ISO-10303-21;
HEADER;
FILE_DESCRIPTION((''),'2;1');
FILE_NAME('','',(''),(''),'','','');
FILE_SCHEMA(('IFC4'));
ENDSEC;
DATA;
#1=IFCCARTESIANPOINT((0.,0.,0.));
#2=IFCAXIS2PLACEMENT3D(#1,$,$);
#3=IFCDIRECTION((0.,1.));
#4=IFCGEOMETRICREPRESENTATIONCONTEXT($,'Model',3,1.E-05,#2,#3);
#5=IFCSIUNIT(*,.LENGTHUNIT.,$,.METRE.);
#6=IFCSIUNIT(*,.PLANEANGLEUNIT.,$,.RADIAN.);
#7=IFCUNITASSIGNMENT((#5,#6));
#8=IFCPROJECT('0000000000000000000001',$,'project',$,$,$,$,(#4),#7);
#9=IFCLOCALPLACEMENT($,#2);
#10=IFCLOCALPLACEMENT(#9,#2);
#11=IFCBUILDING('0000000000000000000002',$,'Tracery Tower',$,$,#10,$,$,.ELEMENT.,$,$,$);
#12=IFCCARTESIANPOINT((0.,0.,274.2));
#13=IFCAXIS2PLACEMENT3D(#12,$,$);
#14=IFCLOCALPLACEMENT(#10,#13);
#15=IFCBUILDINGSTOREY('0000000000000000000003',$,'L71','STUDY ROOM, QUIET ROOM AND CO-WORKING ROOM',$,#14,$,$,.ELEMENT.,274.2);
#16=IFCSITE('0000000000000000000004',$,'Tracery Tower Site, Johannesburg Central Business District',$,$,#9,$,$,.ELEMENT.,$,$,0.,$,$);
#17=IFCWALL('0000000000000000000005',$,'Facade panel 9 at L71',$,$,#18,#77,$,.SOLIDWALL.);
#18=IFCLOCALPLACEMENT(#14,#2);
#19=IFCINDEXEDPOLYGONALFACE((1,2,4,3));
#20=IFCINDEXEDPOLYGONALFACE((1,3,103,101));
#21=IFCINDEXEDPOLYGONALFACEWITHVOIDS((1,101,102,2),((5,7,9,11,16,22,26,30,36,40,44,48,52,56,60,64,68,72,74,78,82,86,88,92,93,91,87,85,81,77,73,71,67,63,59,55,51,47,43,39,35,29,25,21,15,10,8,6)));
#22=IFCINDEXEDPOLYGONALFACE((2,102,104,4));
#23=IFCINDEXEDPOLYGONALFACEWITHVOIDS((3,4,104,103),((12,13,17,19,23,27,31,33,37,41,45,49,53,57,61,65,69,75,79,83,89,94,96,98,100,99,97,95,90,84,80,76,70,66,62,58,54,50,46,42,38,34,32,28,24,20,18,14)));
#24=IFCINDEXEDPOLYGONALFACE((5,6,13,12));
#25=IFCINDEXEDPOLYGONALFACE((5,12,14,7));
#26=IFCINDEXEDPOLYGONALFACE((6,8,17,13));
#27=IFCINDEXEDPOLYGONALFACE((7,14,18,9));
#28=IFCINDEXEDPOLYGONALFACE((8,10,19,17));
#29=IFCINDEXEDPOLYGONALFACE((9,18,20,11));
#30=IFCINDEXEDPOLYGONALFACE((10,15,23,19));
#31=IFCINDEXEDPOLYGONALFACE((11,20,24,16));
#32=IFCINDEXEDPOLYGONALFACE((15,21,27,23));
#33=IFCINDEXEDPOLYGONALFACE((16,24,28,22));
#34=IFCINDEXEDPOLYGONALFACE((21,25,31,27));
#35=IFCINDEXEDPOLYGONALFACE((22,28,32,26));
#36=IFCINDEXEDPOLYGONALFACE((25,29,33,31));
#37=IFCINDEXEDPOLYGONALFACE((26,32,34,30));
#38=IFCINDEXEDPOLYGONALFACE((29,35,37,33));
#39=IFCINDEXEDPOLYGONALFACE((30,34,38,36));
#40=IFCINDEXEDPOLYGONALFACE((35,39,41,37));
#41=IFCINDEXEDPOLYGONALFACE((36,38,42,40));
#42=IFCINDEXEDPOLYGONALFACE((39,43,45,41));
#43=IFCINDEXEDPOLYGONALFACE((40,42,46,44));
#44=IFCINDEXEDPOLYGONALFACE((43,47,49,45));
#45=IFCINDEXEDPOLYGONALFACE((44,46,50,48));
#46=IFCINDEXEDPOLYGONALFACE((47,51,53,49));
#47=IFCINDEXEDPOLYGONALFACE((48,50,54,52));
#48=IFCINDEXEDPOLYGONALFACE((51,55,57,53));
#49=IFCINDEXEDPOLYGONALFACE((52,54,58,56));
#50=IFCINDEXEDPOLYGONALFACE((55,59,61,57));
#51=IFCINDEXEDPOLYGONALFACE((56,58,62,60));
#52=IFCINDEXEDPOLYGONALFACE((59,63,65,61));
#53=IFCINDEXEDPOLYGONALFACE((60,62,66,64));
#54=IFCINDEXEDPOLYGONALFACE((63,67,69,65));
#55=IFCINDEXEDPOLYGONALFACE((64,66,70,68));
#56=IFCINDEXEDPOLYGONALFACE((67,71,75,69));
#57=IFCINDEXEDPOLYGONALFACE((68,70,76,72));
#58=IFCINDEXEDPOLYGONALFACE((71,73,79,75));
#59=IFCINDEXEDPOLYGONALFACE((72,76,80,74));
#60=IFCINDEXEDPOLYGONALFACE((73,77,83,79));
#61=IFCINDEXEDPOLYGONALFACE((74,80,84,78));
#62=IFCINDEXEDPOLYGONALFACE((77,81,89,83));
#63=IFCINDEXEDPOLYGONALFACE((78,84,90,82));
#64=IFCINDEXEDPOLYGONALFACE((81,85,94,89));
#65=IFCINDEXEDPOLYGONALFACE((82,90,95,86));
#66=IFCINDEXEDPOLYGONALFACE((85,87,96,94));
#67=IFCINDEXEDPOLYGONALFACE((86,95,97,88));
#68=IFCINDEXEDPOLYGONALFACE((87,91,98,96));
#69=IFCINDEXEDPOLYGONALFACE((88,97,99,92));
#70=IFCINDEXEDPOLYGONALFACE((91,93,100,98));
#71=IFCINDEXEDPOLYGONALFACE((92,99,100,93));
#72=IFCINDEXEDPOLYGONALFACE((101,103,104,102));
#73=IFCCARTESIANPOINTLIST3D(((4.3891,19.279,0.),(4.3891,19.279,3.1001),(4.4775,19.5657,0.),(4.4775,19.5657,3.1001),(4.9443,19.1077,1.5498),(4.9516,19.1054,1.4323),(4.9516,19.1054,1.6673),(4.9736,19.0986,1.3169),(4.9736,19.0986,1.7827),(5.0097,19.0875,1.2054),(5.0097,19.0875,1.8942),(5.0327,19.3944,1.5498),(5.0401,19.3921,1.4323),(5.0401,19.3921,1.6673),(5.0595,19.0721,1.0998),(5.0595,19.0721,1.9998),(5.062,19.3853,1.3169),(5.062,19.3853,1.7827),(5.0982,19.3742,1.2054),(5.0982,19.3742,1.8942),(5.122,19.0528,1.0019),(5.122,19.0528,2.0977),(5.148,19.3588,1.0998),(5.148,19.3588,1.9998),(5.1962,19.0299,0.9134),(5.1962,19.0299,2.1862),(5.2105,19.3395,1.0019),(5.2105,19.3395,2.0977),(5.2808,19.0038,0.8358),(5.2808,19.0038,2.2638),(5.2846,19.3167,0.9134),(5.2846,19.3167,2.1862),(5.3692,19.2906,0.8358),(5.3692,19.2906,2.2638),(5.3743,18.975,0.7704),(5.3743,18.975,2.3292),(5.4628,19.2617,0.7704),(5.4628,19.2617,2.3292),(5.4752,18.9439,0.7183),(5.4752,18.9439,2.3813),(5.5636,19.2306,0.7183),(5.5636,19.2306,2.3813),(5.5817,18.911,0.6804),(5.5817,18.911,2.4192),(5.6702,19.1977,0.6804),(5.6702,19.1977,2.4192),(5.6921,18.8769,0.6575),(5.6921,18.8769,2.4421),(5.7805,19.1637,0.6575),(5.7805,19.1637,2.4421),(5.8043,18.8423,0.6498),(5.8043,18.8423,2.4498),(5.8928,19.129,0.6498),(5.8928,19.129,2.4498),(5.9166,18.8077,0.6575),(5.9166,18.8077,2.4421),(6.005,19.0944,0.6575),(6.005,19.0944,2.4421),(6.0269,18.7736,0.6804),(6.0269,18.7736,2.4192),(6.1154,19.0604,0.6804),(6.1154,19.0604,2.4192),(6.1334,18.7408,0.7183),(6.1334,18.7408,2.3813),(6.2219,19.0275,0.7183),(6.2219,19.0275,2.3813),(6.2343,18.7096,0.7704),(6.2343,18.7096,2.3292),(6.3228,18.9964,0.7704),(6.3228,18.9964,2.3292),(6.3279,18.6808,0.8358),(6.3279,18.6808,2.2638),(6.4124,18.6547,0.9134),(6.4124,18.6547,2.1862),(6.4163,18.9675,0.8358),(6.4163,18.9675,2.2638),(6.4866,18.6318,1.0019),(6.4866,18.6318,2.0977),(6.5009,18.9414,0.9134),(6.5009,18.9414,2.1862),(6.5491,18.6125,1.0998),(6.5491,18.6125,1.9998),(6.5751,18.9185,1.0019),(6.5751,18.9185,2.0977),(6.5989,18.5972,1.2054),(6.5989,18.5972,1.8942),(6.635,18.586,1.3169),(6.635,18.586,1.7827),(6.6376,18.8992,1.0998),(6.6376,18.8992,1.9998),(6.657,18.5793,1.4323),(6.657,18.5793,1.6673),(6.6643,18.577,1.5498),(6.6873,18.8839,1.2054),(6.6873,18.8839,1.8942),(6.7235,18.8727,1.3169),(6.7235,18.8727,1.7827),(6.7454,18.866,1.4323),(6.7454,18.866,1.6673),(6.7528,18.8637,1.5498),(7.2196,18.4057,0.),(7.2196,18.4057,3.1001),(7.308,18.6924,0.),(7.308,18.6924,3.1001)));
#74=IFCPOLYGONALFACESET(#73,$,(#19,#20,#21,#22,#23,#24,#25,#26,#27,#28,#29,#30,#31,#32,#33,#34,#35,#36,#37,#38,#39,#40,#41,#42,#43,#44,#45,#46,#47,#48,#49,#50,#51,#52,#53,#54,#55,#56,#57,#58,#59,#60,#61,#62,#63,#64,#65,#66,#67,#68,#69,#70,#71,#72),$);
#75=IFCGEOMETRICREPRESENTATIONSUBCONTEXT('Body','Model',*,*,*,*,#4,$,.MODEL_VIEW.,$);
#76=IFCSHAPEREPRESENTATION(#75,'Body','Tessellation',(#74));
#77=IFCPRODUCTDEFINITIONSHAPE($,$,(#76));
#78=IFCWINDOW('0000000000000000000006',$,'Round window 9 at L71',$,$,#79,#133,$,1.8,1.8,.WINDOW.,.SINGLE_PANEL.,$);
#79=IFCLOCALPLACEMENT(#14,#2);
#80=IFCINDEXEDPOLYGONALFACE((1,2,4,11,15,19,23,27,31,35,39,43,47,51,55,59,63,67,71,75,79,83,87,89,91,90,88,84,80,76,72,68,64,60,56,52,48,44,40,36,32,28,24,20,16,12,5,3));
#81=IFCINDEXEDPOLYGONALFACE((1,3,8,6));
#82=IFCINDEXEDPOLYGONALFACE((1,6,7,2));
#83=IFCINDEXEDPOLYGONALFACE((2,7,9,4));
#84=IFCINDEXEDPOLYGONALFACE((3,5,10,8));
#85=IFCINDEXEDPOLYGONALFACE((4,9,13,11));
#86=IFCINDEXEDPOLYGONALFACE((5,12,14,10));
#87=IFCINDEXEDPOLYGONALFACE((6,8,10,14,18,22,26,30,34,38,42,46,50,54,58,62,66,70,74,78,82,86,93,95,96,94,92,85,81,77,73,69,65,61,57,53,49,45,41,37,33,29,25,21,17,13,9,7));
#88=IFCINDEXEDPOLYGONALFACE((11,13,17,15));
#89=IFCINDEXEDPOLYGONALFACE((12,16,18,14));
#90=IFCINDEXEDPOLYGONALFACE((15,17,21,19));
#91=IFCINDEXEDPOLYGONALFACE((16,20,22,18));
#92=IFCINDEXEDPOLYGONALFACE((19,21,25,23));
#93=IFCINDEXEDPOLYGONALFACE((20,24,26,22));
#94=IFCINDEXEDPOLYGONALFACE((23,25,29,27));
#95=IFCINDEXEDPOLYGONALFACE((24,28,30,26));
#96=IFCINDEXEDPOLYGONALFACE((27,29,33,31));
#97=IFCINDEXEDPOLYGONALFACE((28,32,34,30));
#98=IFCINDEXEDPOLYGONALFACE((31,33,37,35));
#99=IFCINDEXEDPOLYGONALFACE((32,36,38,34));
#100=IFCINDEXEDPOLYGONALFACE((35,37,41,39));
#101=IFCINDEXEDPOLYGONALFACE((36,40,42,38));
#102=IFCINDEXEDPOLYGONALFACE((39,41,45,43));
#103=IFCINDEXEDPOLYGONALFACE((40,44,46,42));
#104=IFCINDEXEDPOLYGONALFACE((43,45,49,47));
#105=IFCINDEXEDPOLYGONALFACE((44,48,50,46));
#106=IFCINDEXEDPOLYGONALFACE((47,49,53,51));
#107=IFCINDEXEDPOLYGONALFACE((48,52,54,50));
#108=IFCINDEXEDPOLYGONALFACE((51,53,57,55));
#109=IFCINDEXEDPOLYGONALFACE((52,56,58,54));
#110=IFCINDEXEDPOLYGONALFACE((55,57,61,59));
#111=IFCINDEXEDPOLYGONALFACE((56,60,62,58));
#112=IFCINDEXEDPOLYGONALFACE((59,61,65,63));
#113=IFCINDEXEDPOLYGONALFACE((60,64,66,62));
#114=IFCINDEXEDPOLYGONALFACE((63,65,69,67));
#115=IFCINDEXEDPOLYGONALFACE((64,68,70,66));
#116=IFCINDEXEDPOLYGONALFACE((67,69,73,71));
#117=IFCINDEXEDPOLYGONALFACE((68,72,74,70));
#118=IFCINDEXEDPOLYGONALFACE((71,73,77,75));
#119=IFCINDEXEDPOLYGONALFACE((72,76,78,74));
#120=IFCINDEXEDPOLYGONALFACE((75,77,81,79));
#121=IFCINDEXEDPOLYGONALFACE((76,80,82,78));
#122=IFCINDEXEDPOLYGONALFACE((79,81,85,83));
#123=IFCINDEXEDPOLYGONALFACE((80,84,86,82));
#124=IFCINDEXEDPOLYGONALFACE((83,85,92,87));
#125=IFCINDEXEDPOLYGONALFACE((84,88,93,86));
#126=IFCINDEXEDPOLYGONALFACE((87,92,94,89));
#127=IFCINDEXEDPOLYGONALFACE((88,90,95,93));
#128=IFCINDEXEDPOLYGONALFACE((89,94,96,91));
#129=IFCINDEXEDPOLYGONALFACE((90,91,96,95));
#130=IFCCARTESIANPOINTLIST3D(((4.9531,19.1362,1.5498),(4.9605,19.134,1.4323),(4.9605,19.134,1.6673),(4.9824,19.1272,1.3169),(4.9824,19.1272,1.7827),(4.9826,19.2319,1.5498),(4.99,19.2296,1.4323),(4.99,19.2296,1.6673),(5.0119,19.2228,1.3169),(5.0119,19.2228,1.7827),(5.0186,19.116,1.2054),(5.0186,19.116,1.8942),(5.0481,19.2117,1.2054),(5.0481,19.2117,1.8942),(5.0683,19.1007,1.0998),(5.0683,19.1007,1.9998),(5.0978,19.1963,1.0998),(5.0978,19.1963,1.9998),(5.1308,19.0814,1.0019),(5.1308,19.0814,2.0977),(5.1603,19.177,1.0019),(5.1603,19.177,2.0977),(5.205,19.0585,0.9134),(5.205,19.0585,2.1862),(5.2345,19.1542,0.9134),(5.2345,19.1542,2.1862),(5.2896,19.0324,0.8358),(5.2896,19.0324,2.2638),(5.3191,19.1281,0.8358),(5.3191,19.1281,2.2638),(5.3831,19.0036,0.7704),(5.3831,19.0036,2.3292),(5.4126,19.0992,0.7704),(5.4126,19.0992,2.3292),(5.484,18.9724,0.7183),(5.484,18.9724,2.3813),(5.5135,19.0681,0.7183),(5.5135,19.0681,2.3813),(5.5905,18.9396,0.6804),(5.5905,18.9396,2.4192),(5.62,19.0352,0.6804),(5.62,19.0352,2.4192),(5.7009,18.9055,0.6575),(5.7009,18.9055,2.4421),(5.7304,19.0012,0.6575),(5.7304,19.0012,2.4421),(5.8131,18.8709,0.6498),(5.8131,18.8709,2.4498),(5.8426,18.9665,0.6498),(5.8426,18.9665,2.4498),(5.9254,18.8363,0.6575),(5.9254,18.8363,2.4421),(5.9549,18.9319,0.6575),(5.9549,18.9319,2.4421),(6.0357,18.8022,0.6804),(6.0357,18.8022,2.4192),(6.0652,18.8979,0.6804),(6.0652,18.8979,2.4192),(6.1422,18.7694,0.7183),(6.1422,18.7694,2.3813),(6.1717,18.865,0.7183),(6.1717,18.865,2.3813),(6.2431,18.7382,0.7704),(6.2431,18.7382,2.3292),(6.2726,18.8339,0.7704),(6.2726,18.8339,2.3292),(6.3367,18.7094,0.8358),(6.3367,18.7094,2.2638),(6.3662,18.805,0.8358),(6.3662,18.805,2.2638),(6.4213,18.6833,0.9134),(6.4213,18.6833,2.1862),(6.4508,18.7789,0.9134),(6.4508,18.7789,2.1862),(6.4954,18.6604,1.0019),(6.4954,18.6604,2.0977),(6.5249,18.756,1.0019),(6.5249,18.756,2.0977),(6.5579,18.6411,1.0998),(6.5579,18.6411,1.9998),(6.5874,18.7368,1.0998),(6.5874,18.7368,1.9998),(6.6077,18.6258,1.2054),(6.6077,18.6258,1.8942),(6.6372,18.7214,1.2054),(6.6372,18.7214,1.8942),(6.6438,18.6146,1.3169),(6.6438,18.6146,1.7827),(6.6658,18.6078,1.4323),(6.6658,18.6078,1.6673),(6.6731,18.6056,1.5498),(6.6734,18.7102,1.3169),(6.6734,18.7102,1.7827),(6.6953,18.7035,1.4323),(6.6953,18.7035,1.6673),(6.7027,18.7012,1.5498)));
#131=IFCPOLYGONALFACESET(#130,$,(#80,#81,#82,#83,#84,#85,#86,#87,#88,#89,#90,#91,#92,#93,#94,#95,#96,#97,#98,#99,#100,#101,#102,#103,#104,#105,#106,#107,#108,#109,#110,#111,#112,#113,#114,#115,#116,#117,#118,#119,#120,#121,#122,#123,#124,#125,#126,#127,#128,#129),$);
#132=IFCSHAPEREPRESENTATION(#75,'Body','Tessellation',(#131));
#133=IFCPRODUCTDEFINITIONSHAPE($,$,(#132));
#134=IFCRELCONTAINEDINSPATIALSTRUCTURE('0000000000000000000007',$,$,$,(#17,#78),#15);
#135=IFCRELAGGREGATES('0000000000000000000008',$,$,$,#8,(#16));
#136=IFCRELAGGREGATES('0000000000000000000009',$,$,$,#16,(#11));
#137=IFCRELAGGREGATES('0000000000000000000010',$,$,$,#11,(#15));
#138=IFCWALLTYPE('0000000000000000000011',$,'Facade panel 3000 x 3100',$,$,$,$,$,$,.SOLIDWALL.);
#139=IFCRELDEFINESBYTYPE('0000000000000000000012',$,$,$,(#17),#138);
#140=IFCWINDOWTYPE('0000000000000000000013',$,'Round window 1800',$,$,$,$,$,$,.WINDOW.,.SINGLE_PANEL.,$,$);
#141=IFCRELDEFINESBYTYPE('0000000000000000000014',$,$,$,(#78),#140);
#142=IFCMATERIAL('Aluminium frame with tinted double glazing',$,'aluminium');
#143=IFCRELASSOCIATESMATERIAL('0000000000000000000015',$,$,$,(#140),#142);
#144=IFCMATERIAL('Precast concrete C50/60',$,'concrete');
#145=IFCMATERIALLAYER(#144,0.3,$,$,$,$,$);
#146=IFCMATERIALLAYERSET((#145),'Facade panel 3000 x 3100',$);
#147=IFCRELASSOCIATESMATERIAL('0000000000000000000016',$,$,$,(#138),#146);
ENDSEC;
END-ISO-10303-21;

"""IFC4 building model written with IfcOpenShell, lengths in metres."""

from ifc_helpers import new_model, si_unit, direction, frame, frame_2d, origin, origin_2d, place, context, subcontext, project, spatial, rectangle, circle, extrude, material, layer, layer_set, type_object, element, fill, save


model = new_model("IFC4")

# Units and contexts
model_context = context("Model", 3, precision=1e-05, world=origin(), true_north=direction((0.0, 1.0)))
body_context = subcontext(model_context, "Body", "Model", "MODEL_VIEW")
ifc_project = project(units=[si_unit("LENGTHUNIT", "METRE"), si_unit("PLANEANGLEUNIT", "RADIAN")], contexts=[model_context])

# Site, building, storey
site_placement = place(None, origin())
site = spatial("IfcSite", under=ifc_project, at=site_placement, Name="Tracery Tower Site, Johannesburg Central Business District", CompositionType="ELEMENT", RefElevation=0.0)
building_placement = place(site_placement, origin())
building = spatial("IfcBuilding", under=site, at=building_placement, Name="Tracery Tower", CompositionType="ELEMENT")
storey_placement = place(building_placement, frame((0.0, 0.0, 274.2)))
storey = spatial("IfcBuildingStorey", under=building, at=storey_placement, Name="L71", Description="STUDY ROOM, QUIET ROOM AND CO-WORKING ROOM", CompositionType="ELEMENT", Elevation=274.2)

# Wall, opening, window
ifc_material_1 = material(Name="Aluminium frame with tinted double glazing", Category="aluminium")
window_type = type_object("IfcWindowType", Name="Round window 1800", PartitioningType="SINGLE_PANEL", PredefinedType="WINDOW", material=ifc_material_1)
ifc_material_2 = material(Name="Precast concrete C50/60", Category="concrete")
ifc_layer_1 = layer(ifc_material_2, 0.3)
ifc_layer_set_1 = layer_set([ifc_layer_1], Name="Facade panel 3000 x 3100")
wall_type_1 = type_object("IfcWallType", Name="Facade panel 3000 x 3100", PredefinedType="SOLIDWALL", material=ifc_layer_set_1)
wall_1_placement = place(storey_placement, frame((7.2637, 18.5491, 0.0), z_axis=(0.0, 0.0, 1.0), x_axis=(-0.955556, 0.29481, 0.0)))
wall_1 = element("IfcWall", 1, at=wall_1_placement, inside=storey, type_object=wall_type_1, Name="Facade panel 9 at L71", PredefinedType="SOLIDWALL", context=body_context, shape_type="SweptSolid", body=[
    extrude(rectangle(XDim=2.9622, YDim=0.3, at=frame_2d((1.481, 0.0))), origin(), (0.0, 0.0, 1.0), 3.1001),
])
opening_1_placement = place(wall_1_placement, frame((1.481, 0.0, 1.5498)))
opening_1 = element("IfcOpeningElement", 2, at=opening_1_placement, cuts=wall_1, PredefinedType="OPENING", context=body_context, shape_type="SweptSolid", body=[
    extrude(circle(Radius=0.9, at=origin_2d()), frame((0.0, 0.1599, 0.0), z_axis=(0.0, -1.0, 0.0), x_axis=(1.0, 0.0, 0.0)), (0.0, 0.0, 1.0), 0.3201),
])
window_1_placement = place(opening_1_placement, origin())
window_1 = element("IfcWindow", 3, at=window_1_placement, inside=storey, type_object=window_type, Name="Round window 9 at L71", OverallHeight=1.8, OverallWidth=1.8, PartitioningType="SINGLE_PANEL", PredefinedType="WINDOW", context=body_context, shape_type="SweptSolid", body=[
    extrude(circle(Radius=0.9, at=origin_2d()), frame((0.0, 0.1201, 0.0), z_axis=(0.0, -1.0, 0.0), x_axis=(1.0, 0.0, 0.0)), (0.0, 0.0, 1.0), 0.1001),
])
fill(opening_1, window_1)

save(model, "model.ifc")
